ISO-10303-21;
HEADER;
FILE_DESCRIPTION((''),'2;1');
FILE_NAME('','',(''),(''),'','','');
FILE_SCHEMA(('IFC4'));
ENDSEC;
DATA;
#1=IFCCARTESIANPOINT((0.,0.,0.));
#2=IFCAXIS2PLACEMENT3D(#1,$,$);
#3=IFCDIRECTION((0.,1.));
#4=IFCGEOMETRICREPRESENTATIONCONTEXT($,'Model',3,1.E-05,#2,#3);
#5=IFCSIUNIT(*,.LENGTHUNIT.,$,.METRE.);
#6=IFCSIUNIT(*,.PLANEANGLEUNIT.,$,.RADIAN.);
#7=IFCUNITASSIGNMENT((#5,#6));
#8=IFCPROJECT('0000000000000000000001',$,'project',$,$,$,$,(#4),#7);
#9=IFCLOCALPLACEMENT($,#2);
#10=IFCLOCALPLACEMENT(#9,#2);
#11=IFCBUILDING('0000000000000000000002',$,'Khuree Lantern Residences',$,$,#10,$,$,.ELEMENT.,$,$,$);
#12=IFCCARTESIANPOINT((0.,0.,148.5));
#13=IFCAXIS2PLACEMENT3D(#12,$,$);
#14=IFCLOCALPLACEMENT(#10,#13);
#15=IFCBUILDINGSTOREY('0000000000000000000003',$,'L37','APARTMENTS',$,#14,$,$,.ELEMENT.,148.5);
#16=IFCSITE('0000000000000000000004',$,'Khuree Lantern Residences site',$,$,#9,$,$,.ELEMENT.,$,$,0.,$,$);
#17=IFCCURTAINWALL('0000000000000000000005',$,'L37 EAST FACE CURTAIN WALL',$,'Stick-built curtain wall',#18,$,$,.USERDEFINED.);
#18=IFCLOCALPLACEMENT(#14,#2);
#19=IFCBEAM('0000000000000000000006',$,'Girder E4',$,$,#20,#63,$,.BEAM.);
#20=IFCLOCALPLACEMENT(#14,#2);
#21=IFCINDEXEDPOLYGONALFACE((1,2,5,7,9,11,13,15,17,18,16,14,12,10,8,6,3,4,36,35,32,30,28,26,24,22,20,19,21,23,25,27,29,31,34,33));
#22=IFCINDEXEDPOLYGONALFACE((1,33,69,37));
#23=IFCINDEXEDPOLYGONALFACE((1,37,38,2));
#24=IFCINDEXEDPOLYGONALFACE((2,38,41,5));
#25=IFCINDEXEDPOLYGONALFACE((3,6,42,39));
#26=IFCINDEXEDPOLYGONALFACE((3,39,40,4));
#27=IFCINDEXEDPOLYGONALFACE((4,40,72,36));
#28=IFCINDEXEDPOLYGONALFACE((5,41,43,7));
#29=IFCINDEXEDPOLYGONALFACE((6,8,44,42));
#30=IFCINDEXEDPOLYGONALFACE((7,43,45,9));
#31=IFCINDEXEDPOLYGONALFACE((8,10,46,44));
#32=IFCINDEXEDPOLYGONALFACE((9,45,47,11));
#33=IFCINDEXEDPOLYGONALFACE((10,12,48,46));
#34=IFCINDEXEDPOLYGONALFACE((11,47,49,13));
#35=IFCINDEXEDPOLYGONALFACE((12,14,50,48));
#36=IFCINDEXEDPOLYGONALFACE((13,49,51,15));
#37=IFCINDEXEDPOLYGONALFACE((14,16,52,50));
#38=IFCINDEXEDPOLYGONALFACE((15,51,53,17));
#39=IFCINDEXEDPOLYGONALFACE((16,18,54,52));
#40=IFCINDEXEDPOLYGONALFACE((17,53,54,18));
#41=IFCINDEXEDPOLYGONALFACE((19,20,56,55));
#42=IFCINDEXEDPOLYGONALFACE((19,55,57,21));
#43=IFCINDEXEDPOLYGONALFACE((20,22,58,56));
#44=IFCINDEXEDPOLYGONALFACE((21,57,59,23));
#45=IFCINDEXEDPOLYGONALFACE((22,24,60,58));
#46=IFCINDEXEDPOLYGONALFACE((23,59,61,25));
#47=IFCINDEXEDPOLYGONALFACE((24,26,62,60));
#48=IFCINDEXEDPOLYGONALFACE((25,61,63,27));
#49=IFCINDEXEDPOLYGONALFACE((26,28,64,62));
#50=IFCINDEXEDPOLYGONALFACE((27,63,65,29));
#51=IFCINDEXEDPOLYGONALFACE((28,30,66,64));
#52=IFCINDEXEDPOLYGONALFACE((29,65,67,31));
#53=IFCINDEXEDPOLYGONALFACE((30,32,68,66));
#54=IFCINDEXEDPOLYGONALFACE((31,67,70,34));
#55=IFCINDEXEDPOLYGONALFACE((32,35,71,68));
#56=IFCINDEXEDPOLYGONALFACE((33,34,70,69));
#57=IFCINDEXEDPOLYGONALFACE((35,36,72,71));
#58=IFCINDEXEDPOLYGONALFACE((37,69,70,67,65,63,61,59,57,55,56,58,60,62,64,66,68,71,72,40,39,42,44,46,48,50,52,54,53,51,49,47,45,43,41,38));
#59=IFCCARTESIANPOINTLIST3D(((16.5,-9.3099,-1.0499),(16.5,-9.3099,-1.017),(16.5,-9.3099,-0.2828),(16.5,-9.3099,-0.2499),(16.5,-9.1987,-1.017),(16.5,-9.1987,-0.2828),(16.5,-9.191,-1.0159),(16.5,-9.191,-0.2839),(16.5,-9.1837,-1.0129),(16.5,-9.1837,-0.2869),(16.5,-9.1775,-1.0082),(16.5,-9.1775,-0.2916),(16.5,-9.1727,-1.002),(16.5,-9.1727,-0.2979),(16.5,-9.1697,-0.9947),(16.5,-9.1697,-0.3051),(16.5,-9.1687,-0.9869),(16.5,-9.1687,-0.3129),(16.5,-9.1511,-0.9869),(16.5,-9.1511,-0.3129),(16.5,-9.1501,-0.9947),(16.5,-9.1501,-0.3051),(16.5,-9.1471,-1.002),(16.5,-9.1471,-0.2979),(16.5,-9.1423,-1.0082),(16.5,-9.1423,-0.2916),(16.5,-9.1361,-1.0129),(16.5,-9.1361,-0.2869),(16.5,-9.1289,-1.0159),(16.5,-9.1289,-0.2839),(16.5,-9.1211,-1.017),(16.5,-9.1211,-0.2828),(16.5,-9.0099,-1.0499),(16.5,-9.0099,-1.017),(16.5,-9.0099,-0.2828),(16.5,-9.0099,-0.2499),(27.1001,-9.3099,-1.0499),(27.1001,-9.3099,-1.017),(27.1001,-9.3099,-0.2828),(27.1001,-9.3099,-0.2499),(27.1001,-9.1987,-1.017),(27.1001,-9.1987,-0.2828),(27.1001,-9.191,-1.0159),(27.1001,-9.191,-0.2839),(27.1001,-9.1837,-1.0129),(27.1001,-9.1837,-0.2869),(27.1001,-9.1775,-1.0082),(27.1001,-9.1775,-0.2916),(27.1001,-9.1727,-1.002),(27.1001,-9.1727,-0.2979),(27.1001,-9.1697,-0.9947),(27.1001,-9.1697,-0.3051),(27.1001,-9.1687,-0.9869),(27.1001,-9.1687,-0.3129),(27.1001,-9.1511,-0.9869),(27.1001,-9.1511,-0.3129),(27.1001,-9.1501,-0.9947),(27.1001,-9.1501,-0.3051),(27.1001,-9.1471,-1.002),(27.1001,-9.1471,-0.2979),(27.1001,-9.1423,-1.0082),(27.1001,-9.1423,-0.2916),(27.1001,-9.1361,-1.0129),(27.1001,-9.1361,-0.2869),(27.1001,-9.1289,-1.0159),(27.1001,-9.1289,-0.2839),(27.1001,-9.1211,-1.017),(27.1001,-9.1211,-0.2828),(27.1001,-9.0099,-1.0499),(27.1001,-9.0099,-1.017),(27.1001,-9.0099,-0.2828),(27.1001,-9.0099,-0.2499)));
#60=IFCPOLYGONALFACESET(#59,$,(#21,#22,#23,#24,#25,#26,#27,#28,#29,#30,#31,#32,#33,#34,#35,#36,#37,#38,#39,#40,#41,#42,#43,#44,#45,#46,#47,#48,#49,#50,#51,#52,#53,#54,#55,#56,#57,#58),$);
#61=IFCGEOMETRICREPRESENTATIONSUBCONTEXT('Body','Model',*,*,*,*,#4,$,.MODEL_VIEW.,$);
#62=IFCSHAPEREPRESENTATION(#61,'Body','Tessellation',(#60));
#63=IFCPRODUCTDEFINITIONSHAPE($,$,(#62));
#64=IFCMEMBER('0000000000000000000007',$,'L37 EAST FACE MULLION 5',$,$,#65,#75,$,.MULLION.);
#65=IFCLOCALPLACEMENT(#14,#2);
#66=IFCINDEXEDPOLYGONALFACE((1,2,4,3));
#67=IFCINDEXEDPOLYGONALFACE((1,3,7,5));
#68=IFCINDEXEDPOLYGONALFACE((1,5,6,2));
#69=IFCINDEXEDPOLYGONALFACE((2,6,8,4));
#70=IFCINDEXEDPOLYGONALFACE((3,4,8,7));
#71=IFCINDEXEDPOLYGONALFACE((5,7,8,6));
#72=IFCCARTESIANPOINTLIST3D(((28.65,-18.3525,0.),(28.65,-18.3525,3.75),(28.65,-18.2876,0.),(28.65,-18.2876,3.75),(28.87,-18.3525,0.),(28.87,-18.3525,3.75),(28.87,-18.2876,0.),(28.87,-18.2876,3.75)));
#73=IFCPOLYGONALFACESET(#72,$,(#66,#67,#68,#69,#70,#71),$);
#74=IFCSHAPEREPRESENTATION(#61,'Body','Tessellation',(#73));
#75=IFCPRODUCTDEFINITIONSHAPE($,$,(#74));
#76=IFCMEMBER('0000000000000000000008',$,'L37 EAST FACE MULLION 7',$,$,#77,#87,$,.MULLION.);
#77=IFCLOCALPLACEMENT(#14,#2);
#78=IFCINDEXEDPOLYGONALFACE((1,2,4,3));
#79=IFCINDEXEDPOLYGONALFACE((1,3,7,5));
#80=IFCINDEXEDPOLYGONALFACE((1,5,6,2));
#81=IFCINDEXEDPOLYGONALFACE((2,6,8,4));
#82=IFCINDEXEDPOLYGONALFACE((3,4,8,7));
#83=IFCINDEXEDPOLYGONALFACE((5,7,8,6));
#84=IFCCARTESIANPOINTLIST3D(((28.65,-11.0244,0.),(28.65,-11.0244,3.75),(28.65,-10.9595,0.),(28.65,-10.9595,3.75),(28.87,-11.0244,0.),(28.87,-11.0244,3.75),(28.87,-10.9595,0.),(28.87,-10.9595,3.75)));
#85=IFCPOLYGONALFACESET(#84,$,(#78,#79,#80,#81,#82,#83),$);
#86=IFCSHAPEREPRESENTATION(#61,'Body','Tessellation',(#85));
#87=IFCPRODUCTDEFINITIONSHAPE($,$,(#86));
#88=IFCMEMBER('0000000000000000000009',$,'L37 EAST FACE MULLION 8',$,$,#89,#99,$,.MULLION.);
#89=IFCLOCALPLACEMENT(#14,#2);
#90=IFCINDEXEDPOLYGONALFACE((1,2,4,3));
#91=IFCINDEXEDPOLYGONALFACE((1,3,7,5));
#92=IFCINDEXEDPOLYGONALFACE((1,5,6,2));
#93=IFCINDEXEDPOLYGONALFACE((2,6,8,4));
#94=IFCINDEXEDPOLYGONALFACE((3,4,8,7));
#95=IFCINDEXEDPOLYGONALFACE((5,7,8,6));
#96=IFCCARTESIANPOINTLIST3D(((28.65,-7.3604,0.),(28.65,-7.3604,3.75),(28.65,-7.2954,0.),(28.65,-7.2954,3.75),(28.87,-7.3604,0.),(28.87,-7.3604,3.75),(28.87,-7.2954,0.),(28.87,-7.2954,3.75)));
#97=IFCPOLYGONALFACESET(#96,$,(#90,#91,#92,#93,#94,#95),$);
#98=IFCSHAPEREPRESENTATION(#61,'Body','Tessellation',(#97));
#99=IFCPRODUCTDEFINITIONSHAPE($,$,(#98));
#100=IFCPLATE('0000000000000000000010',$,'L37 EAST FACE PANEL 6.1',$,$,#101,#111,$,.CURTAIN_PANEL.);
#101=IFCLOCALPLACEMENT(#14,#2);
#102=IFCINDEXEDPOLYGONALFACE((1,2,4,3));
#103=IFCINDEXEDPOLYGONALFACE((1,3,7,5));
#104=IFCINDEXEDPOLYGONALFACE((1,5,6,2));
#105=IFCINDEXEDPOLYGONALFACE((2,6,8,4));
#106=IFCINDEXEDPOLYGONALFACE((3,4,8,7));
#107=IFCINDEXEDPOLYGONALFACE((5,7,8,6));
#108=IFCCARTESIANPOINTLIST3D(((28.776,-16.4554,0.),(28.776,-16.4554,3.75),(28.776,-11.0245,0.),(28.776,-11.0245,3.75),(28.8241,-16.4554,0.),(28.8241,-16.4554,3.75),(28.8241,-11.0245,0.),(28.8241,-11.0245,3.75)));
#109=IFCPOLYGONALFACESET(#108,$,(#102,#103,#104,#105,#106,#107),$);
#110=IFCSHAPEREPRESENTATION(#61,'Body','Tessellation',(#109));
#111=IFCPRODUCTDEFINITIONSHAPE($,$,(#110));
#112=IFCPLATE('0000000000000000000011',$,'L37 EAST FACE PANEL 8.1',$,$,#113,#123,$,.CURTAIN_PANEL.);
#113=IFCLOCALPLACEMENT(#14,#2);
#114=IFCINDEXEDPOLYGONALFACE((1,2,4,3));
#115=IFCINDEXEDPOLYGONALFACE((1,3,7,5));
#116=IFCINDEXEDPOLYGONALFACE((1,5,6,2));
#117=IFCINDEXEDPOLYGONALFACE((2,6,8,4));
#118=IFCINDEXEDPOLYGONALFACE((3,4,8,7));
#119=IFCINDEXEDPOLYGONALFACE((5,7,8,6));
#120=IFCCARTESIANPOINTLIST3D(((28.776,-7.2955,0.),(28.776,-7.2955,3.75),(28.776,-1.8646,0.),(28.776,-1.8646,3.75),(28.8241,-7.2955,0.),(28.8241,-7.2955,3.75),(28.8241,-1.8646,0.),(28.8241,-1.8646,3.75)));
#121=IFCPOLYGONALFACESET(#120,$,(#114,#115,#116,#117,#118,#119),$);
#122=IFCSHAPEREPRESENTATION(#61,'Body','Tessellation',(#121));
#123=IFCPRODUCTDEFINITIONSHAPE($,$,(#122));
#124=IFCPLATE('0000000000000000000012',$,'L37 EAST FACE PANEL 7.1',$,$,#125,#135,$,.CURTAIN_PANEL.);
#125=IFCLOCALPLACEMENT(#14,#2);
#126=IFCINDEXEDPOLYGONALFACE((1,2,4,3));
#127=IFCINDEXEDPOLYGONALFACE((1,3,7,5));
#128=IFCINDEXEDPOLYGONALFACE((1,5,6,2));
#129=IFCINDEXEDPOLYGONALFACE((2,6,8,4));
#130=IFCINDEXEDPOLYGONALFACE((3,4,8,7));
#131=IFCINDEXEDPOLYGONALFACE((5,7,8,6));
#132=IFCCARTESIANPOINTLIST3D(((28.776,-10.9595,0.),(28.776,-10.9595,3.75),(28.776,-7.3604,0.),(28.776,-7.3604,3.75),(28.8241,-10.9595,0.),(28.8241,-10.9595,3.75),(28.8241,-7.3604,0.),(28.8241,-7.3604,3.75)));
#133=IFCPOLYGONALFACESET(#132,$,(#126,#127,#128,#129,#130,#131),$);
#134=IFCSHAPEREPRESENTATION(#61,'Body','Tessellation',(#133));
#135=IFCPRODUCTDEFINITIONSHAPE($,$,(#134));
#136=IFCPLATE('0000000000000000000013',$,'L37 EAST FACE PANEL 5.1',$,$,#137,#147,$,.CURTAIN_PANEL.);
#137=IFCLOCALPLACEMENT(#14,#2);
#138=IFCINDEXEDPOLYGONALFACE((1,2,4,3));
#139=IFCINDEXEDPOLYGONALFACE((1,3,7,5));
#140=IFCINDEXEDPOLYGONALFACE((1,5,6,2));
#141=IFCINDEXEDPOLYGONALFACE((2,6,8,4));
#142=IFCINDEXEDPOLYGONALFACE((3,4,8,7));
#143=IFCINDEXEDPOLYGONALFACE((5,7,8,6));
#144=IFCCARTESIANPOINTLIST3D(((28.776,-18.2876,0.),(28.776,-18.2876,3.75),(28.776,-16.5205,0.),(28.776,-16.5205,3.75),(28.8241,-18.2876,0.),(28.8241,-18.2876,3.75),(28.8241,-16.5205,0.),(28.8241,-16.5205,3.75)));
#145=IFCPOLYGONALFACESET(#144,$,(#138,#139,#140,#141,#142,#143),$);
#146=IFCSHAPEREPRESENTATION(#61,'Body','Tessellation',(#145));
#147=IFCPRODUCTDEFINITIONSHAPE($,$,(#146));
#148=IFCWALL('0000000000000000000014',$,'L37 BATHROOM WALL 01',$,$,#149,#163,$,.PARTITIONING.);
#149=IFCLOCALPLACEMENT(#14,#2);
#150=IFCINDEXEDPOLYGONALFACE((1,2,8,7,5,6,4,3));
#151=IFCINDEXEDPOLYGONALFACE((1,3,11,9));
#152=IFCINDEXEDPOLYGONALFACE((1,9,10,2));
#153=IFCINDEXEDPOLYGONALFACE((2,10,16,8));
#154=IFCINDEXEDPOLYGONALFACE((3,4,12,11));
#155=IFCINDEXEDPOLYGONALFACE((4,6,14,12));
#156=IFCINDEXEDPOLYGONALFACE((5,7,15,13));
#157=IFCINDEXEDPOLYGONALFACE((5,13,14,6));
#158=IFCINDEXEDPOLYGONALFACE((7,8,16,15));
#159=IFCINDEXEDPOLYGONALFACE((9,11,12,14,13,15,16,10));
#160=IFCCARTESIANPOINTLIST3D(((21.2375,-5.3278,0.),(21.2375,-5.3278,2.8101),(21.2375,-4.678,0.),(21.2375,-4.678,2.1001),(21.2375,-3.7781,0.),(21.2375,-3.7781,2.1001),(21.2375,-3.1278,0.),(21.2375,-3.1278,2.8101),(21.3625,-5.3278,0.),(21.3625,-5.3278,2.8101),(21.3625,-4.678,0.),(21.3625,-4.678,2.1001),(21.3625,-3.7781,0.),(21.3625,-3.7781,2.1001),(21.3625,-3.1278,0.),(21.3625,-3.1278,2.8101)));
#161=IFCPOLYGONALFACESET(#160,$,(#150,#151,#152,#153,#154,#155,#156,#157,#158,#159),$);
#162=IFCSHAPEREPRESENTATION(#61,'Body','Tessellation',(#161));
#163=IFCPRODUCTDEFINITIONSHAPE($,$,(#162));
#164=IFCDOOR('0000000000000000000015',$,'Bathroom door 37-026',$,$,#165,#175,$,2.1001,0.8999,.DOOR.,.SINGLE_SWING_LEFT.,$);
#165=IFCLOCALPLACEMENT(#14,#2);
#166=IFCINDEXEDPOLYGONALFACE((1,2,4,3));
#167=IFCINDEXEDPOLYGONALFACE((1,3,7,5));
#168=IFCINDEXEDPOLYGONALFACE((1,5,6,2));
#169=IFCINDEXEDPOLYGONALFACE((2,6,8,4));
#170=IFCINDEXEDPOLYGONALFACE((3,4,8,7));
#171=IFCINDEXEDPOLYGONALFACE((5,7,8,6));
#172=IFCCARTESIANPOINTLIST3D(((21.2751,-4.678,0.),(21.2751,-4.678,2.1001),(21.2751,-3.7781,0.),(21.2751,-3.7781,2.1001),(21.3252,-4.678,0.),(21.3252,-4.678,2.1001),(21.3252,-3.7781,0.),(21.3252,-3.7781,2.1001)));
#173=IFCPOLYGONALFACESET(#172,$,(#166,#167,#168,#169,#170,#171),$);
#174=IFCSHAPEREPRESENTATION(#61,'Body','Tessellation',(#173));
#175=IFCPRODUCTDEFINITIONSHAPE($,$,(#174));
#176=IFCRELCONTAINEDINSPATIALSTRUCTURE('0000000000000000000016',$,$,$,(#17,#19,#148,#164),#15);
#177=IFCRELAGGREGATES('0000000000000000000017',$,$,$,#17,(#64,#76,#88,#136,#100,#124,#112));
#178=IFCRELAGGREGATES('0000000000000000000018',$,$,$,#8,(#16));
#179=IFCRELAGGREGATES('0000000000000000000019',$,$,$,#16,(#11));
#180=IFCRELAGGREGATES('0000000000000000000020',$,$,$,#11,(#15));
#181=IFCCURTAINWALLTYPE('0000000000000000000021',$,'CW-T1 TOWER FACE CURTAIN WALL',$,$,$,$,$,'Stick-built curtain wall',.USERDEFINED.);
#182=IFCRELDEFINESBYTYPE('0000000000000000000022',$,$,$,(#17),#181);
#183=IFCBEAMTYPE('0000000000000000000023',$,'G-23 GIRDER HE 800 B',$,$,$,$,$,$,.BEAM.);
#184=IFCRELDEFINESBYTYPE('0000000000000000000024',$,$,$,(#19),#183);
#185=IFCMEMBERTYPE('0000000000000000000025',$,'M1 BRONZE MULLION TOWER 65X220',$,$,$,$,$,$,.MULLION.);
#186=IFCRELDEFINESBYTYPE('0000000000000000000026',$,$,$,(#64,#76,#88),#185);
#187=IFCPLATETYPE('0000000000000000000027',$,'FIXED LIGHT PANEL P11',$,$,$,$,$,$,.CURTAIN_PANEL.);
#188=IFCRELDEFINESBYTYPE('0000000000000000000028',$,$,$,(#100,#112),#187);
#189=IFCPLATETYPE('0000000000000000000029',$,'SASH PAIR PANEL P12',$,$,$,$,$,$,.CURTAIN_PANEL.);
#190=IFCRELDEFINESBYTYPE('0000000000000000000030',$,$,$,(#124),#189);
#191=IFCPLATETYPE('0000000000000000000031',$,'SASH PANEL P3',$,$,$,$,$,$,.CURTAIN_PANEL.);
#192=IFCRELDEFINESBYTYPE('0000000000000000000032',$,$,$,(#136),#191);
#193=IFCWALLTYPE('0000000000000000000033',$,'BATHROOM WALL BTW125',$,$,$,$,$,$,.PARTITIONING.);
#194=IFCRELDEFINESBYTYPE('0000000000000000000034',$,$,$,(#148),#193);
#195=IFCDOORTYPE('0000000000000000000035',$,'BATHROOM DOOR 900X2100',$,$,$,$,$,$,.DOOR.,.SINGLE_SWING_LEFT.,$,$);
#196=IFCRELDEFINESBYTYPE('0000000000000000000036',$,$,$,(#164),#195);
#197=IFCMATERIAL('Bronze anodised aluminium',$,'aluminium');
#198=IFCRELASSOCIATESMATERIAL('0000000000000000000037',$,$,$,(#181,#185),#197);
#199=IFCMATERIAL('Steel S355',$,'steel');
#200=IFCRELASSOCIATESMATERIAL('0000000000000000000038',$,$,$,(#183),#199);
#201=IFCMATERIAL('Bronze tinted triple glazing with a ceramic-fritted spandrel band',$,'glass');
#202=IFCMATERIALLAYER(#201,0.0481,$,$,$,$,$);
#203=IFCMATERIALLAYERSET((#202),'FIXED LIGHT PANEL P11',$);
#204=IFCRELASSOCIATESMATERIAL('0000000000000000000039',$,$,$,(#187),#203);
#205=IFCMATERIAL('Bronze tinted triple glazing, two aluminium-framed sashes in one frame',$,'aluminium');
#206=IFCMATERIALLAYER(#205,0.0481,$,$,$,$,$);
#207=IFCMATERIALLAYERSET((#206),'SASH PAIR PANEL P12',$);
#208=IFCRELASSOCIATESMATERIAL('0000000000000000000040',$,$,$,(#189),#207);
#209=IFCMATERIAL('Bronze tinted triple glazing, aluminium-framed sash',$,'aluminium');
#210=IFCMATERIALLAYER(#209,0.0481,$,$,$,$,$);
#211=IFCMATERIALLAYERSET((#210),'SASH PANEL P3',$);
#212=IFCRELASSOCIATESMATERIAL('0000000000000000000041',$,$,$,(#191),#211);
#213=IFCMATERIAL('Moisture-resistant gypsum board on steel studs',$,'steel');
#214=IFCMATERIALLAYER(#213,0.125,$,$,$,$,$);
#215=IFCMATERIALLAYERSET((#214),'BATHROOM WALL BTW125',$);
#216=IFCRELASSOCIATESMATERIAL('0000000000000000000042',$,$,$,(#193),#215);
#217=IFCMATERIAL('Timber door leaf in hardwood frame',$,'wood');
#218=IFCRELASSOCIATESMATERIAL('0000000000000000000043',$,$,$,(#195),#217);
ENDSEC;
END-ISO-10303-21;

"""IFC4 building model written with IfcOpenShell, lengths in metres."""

from ifc_helpers import new_model, si_unit, direction, frame, frame_2d, origin, origin_2d, place, context, subcontext, project, spatial, rectangle, i_section, extrude, material, layer, layer_set, material_profile, profile_set, type_object, element, fill, aggregate, save


model = new_model("IFC4")

# Units and contexts
model_context = context("Model", 3, precision=1e-05, world=origin(), true_north=direction((0.0, 1.0)))
body_context = subcontext(model_context, "Body", "Model", "MODEL_VIEW")
ifc_project = project(units=[si_unit("LENGTHUNIT", "METRE"), si_unit("PLANEANGLEUNIT", "RADIAN")], contexts=[model_context])

# Site, building, storey
site_placement = place(None, origin())
site = spatial("IfcSite", under=ifc_project, at=site_placement, Name="Khuree Lantern Residences site", CompositionType="ELEMENT", RefElevation=0.0)
building_placement = place(site_placement, origin())
building = spatial("IfcBuilding", under=site, at=building_placement, Name="Khuree Lantern Residences", CompositionType="ELEMENT")
storey_placement = place(building_placement, frame((0.0, 0.0, 148.5)))
storey = spatial("IfcBuildingStorey", under=building, at=storey_placement, Name="L37", Description="APARTMENTS", CompositionType="ELEMENT", Elevation=148.5)

# Shared definitions
ifc_material_1 = material(Name="Steel S355", Category="steel")

# Curtain wall
ifc_material_2 = material(Name="Bronze anodised aluminium", Category="aluminium")
curtain_wall_type = type_object("IfcCurtainWallType", Name="CW-T1 TOWER FACE CURTAIN WALL", ElementType="Stick-built curtain wall", PredefinedType="USERDEFINED", material=ifc_material_2)
curtain_wall_placement = place(storey_placement, origin())
curtain_wall = element("IfcCurtainWall", 1, at=curtain_wall_placement, inside=storey, type_object=curtain_wall_type, Name="L37 EAST FACE CURTAIN WALL", ObjectType="Stick-built curtain wall", PredefinedType="USERDEFINED")

# Beam
ifc_material_profile_1 = material_profile(ifc_material_1, i_section(OverallWidth=0.3, OverallDepth=0.8, WebThickness=0.0176, FlangeThickness=0.033, FilletRadius=0.03, at=origin_2d()), Name="HE 800 B")
ifc_profile_set_1 = profile_set([ifc_material_profile_1], Name="Steel S355")
beam_type_1 = type_object("IfcBeamType", Name="G-23 GIRDER HE 800 B", PredefinedType="BEAM", material=ifc_profile_set_1)
beam_1_placement = place(storey_placement, frame((27.1001, -9.1599, -0.6499), z_axis=(-1.0, 0.0, 0.0), x_axis=(0.0, -1.0, 0.0)))
element("IfcBeam", 2, at=beam_1_placement, inside=storey, type_object=beam_type_1, Name="Girder E4", PredefinedType="BEAM", context=body_context, shape_type="SweptSolid", body=[
    extrude(i_section(OverallWidth=0.3, OverallDepth=0.8, WebThickness=0.0176, FlangeThickness=0.033, FilletRadius=0.03, at=origin_2d()), origin(), (0.0, 0.0, 1.0), 10.6001),
])

# Members
ifc_material_profile_2 = material_profile(ifc_material_2, rectangle(XDim=0.0649, YDim=0.22, at=origin_2d()), Name="M1 65X220")
ifc_profile_set_2 = profile_set([ifc_material_profile_2], Name="Bronze anodised aluminium")
member_type_1 = type_object("IfcMemberType", Name="M1 BRONZE MULLION TOWER 65X220", PredefinedType="MULLION", material=ifc_profile_set_2)
member_1_placement = place(storey_placement, frame((28.76, -18.3201, 0.0), z_axis=(0.0, 0.0, 1.0), x_axis=(0.0, 1.0, 0.0)))
member_1 = element("IfcMember", 3, at=member_1_placement, type_object=member_type_1, Name="L37 EAST FACE MULLION 5", PredefinedType="MULLION", context=body_context, shape_type="SweptSolid", body=[
    extrude(rectangle(XDim=0.0649, YDim=0.22, at=origin_2d()), origin(), (0.0, 0.0, 1.0), 3.75),
])
member_2_placement = place(storey_placement, frame((28.76, -10.9919, 0.0), z_axis=(0.0, 0.0, 1.0), x_axis=(0.0, 1.0, 0.0)))
member_2 = element("IfcMember", 4, at=member_2_placement, type_object=member_type_1, Name="L37 EAST FACE MULLION 7", PredefinedType="MULLION", context=body_context, shape_type="SweptSolid", body=[
    extrude(rectangle(XDim=0.0649, YDim=0.22, at=origin_2d()), origin(), (0.0, 0.0, 1.0), 3.75),
])
member_3_placement = place(storey_placement, frame((28.76, -7.3279, 0.0), z_axis=(0.0, 0.0, 1.0), x_axis=(0.0, 1.0, 0.0)))
member_3 = element("IfcMember", 5, at=member_3_placement, type_object=member_type_1, Name="L37 EAST FACE MULLION 8", PredefinedType="MULLION", context=body_context, shape_type="SweptSolid", body=[
    extrude(rectangle(XDim=0.0649, YDim=0.22, at=origin_2d()), origin(), (0.0, 0.0, 1.0), 3.75),
])

# Plates
ifc_material_3 = material(Name="Bronze tinted triple glazing with a ceramic-fritted spandrel band", Category="glass")
ifc_layer_1 = layer(ifc_material_3, 0.0481)
ifc_layer_set_1 = layer_set([ifc_layer_1], Name="FIXED LIGHT PANEL P11")
plate_type_1 = type_object("IfcPlateType", Name="FIXED LIGHT PANEL P11", PredefinedType="CURTAIN_PANEL", material=ifc_layer_set_1)
plate_1_placement = place(storey_placement, frame((28.8, -13.74, 0.0), z_axis=(0.0, 0.0, 1.0), x_axis=(0.0, 1.0, 0.0)))
plate_1 = element("IfcPlate", 6, at=plate_1_placement, type_object=plate_type_1, Name="L37 EAST FACE PANEL 6.1", PredefinedType="CURTAIN_PANEL", context=body_context, shape_type="SweptSolid", body=[
    extrude(rectangle(XDim=5.4309, YDim=0.0481, at=origin_2d()), origin(), (0.0, 0.0, 1.0), 3.75),
])
plate_2_placement = place(storey_placement, frame((28.8, -4.5801, 0.0), z_axis=(0.0, 0.0, 1.0), x_axis=(0.0, 1.0, 0.0)))
plate_2 = element("IfcPlate", 7, at=plate_2_placement, type_object=plate_type_1, Name="L37 EAST FACE PANEL 8.1", PredefinedType="CURTAIN_PANEL", context=body_context, shape_type="SweptSolid", body=[
    extrude(rectangle(XDim=5.4309, YDim=0.0481, at=origin_2d()), origin(), (0.0, 0.0, 1.0), 3.75),
])
ifc_material_4 = material(Name="Bronze tinted triple glazing, two aluminium-framed sashes in one frame", Category="aluminium")
ifc_layer_2 = layer(ifc_material_4, 0.0481)
ifc_layer_set_2 = layer_set([ifc_layer_2], Name="SASH PAIR PANEL P12")
plate_type_2 = type_object("IfcPlateType", Name="SASH PAIR PANEL P12", PredefinedType="CURTAIN_PANEL", material=ifc_layer_set_2)
plate_3_placement = place(storey_placement, frame((28.8, -9.1599, 0.0), z_axis=(0.0, 0.0, 1.0), x_axis=(0.0, 1.0, 0.0)))
plate_3 = element("IfcPlate", 8, at=plate_3_placement, type_object=plate_type_2, Name="L37 EAST FACE PANEL 7.1", PredefinedType="CURTAIN_PANEL", context=body_context, shape_type="SweptSolid", body=[
    extrude(rectangle(XDim=3.5991, YDim=0.0481, at=origin_2d()), origin(), (0.0, 0.0, 1.0), 3.75),
])
ifc_material_5 = material(Name="Bronze tinted triple glazing, aluminium-framed sash", Category="aluminium")
ifc_layer_3 = layer(ifc_material_5, 0.0481)
ifc_layer_set_3 = layer_set([ifc_layer_3], Name="SASH PANEL P3")
plate_type_3 = type_object("IfcPlateType", Name="SASH PANEL P3", PredefinedType="CURTAIN_PANEL", material=ifc_layer_set_3)
plate_4_placement = place(storey_placement, frame((28.8, -17.4041, 0.0), z_axis=(0.0, 0.0, 1.0), x_axis=(0.0, 1.0, 0.0)))
plate_4 = element("IfcPlate", 9, at=plate_4_placement, type_object=plate_type_3, Name="L37 EAST FACE PANEL 5.1", PredefinedType="CURTAIN_PANEL", context=body_context, shape_type="SweptSolid", body=[
    extrude(rectangle(XDim=1.7671, YDim=0.0481, at=origin_2d()), origin(), (0.0, 0.0, 1.0), 3.75),
])
aggregate(curtain_wall, [member_1, member_2, member_3, plate_4, plate_1, plate_3, plate_2])

# Wall, opening, door
ifc_material_6 = material(Name="Moisture-resistant gypsum board on steel studs", Category="steel")
ifc_layer_4 = layer(ifc_material_6, 0.125)
ifc_layer_set_4 = layer_set([ifc_layer_4], Name="BATHROOM WALL BTW125")
wall_type_1 = type_object("IfcWallType", Name="BATHROOM WALL BTW125", PredefinedType="PARTITIONING", material=ifc_layer_set_4)
wall_1_placement = place(storey_placement, frame((21.3, -5.3279, 0.0), z_axis=(0.0, 0.0, 1.0), x_axis=(0.0, 1.0, 0.0)))
wall_1 = element("IfcWall", 10, at=wall_1_placement, inside=storey, type_object=wall_type_1, Name="L37 BATHROOM WALL 01", PredefinedType="PARTITIONING", context=body_context, shape_type="SweptSolid", body=[
    extrude(rectangle(XDim=2.2, YDim=0.125, at=frame_2d((1.1001, 0.0))), origin(), (0.0, 0.0, 1.0), 2.8101),
])
opening_1_placement = place(wall_1_placement, frame((0.6499, 0.0, 0.0)))
opening_1 = element("IfcOpeningElement", 11, at=opening_1_placement, cuts=wall_1, PredefinedType="OPENING", context=body_context, shape_type="SweptSolid", body=[
    extrude(rectangle(XDim=0.8999, YDim=2.1001, at=frame_2d((0.45, 1.05))), frame((0.0, 0.0725, 0.0), z_axis=(0.0, -1.0, 0.0), x_axis=(1.0, 0.0, 0.0)), (0.0, 0.0, 1.0), 0.145),
])
ifc_material_7 = material(Name="Timber door leaf in hardwood frame", Category="wood")
door_type_1 = type_object("IfcDoorType", Name="BATHROOM DOOR 900X2100", OperationType="SINGLE_SWING_LEFT", PredefinedType="DOOR", material=ifc_material_7)
door_1_placement = place(opening_1_placement, origin())
door_1 = element("IfcDoor", 12, at=door_1_placement, inside=storey, type_object=door_type_1, Name="Bathroom door 37-026", OperationType="SINGLE_SWING_LEFT", OverallHeight=2.1001, OverallWidth=0.8999, PredefinedType="DOOR", context=body_context, shape_type="SweptSolid", body=[
    extrude(rectangle(XDim=0.8999, YDim=2.1001, at=frame_2d((0.45, 1.05))), frame((0.0, 0.0249, 0.0), z_axis=(0.0, -1.0, 0.0), x_axis=(1.0, 0.0, 0.0)), (0.0, 0.0, 1.0), 0.05),
])
fill(opening_1, door_1)

save(model, "model.ifc")
